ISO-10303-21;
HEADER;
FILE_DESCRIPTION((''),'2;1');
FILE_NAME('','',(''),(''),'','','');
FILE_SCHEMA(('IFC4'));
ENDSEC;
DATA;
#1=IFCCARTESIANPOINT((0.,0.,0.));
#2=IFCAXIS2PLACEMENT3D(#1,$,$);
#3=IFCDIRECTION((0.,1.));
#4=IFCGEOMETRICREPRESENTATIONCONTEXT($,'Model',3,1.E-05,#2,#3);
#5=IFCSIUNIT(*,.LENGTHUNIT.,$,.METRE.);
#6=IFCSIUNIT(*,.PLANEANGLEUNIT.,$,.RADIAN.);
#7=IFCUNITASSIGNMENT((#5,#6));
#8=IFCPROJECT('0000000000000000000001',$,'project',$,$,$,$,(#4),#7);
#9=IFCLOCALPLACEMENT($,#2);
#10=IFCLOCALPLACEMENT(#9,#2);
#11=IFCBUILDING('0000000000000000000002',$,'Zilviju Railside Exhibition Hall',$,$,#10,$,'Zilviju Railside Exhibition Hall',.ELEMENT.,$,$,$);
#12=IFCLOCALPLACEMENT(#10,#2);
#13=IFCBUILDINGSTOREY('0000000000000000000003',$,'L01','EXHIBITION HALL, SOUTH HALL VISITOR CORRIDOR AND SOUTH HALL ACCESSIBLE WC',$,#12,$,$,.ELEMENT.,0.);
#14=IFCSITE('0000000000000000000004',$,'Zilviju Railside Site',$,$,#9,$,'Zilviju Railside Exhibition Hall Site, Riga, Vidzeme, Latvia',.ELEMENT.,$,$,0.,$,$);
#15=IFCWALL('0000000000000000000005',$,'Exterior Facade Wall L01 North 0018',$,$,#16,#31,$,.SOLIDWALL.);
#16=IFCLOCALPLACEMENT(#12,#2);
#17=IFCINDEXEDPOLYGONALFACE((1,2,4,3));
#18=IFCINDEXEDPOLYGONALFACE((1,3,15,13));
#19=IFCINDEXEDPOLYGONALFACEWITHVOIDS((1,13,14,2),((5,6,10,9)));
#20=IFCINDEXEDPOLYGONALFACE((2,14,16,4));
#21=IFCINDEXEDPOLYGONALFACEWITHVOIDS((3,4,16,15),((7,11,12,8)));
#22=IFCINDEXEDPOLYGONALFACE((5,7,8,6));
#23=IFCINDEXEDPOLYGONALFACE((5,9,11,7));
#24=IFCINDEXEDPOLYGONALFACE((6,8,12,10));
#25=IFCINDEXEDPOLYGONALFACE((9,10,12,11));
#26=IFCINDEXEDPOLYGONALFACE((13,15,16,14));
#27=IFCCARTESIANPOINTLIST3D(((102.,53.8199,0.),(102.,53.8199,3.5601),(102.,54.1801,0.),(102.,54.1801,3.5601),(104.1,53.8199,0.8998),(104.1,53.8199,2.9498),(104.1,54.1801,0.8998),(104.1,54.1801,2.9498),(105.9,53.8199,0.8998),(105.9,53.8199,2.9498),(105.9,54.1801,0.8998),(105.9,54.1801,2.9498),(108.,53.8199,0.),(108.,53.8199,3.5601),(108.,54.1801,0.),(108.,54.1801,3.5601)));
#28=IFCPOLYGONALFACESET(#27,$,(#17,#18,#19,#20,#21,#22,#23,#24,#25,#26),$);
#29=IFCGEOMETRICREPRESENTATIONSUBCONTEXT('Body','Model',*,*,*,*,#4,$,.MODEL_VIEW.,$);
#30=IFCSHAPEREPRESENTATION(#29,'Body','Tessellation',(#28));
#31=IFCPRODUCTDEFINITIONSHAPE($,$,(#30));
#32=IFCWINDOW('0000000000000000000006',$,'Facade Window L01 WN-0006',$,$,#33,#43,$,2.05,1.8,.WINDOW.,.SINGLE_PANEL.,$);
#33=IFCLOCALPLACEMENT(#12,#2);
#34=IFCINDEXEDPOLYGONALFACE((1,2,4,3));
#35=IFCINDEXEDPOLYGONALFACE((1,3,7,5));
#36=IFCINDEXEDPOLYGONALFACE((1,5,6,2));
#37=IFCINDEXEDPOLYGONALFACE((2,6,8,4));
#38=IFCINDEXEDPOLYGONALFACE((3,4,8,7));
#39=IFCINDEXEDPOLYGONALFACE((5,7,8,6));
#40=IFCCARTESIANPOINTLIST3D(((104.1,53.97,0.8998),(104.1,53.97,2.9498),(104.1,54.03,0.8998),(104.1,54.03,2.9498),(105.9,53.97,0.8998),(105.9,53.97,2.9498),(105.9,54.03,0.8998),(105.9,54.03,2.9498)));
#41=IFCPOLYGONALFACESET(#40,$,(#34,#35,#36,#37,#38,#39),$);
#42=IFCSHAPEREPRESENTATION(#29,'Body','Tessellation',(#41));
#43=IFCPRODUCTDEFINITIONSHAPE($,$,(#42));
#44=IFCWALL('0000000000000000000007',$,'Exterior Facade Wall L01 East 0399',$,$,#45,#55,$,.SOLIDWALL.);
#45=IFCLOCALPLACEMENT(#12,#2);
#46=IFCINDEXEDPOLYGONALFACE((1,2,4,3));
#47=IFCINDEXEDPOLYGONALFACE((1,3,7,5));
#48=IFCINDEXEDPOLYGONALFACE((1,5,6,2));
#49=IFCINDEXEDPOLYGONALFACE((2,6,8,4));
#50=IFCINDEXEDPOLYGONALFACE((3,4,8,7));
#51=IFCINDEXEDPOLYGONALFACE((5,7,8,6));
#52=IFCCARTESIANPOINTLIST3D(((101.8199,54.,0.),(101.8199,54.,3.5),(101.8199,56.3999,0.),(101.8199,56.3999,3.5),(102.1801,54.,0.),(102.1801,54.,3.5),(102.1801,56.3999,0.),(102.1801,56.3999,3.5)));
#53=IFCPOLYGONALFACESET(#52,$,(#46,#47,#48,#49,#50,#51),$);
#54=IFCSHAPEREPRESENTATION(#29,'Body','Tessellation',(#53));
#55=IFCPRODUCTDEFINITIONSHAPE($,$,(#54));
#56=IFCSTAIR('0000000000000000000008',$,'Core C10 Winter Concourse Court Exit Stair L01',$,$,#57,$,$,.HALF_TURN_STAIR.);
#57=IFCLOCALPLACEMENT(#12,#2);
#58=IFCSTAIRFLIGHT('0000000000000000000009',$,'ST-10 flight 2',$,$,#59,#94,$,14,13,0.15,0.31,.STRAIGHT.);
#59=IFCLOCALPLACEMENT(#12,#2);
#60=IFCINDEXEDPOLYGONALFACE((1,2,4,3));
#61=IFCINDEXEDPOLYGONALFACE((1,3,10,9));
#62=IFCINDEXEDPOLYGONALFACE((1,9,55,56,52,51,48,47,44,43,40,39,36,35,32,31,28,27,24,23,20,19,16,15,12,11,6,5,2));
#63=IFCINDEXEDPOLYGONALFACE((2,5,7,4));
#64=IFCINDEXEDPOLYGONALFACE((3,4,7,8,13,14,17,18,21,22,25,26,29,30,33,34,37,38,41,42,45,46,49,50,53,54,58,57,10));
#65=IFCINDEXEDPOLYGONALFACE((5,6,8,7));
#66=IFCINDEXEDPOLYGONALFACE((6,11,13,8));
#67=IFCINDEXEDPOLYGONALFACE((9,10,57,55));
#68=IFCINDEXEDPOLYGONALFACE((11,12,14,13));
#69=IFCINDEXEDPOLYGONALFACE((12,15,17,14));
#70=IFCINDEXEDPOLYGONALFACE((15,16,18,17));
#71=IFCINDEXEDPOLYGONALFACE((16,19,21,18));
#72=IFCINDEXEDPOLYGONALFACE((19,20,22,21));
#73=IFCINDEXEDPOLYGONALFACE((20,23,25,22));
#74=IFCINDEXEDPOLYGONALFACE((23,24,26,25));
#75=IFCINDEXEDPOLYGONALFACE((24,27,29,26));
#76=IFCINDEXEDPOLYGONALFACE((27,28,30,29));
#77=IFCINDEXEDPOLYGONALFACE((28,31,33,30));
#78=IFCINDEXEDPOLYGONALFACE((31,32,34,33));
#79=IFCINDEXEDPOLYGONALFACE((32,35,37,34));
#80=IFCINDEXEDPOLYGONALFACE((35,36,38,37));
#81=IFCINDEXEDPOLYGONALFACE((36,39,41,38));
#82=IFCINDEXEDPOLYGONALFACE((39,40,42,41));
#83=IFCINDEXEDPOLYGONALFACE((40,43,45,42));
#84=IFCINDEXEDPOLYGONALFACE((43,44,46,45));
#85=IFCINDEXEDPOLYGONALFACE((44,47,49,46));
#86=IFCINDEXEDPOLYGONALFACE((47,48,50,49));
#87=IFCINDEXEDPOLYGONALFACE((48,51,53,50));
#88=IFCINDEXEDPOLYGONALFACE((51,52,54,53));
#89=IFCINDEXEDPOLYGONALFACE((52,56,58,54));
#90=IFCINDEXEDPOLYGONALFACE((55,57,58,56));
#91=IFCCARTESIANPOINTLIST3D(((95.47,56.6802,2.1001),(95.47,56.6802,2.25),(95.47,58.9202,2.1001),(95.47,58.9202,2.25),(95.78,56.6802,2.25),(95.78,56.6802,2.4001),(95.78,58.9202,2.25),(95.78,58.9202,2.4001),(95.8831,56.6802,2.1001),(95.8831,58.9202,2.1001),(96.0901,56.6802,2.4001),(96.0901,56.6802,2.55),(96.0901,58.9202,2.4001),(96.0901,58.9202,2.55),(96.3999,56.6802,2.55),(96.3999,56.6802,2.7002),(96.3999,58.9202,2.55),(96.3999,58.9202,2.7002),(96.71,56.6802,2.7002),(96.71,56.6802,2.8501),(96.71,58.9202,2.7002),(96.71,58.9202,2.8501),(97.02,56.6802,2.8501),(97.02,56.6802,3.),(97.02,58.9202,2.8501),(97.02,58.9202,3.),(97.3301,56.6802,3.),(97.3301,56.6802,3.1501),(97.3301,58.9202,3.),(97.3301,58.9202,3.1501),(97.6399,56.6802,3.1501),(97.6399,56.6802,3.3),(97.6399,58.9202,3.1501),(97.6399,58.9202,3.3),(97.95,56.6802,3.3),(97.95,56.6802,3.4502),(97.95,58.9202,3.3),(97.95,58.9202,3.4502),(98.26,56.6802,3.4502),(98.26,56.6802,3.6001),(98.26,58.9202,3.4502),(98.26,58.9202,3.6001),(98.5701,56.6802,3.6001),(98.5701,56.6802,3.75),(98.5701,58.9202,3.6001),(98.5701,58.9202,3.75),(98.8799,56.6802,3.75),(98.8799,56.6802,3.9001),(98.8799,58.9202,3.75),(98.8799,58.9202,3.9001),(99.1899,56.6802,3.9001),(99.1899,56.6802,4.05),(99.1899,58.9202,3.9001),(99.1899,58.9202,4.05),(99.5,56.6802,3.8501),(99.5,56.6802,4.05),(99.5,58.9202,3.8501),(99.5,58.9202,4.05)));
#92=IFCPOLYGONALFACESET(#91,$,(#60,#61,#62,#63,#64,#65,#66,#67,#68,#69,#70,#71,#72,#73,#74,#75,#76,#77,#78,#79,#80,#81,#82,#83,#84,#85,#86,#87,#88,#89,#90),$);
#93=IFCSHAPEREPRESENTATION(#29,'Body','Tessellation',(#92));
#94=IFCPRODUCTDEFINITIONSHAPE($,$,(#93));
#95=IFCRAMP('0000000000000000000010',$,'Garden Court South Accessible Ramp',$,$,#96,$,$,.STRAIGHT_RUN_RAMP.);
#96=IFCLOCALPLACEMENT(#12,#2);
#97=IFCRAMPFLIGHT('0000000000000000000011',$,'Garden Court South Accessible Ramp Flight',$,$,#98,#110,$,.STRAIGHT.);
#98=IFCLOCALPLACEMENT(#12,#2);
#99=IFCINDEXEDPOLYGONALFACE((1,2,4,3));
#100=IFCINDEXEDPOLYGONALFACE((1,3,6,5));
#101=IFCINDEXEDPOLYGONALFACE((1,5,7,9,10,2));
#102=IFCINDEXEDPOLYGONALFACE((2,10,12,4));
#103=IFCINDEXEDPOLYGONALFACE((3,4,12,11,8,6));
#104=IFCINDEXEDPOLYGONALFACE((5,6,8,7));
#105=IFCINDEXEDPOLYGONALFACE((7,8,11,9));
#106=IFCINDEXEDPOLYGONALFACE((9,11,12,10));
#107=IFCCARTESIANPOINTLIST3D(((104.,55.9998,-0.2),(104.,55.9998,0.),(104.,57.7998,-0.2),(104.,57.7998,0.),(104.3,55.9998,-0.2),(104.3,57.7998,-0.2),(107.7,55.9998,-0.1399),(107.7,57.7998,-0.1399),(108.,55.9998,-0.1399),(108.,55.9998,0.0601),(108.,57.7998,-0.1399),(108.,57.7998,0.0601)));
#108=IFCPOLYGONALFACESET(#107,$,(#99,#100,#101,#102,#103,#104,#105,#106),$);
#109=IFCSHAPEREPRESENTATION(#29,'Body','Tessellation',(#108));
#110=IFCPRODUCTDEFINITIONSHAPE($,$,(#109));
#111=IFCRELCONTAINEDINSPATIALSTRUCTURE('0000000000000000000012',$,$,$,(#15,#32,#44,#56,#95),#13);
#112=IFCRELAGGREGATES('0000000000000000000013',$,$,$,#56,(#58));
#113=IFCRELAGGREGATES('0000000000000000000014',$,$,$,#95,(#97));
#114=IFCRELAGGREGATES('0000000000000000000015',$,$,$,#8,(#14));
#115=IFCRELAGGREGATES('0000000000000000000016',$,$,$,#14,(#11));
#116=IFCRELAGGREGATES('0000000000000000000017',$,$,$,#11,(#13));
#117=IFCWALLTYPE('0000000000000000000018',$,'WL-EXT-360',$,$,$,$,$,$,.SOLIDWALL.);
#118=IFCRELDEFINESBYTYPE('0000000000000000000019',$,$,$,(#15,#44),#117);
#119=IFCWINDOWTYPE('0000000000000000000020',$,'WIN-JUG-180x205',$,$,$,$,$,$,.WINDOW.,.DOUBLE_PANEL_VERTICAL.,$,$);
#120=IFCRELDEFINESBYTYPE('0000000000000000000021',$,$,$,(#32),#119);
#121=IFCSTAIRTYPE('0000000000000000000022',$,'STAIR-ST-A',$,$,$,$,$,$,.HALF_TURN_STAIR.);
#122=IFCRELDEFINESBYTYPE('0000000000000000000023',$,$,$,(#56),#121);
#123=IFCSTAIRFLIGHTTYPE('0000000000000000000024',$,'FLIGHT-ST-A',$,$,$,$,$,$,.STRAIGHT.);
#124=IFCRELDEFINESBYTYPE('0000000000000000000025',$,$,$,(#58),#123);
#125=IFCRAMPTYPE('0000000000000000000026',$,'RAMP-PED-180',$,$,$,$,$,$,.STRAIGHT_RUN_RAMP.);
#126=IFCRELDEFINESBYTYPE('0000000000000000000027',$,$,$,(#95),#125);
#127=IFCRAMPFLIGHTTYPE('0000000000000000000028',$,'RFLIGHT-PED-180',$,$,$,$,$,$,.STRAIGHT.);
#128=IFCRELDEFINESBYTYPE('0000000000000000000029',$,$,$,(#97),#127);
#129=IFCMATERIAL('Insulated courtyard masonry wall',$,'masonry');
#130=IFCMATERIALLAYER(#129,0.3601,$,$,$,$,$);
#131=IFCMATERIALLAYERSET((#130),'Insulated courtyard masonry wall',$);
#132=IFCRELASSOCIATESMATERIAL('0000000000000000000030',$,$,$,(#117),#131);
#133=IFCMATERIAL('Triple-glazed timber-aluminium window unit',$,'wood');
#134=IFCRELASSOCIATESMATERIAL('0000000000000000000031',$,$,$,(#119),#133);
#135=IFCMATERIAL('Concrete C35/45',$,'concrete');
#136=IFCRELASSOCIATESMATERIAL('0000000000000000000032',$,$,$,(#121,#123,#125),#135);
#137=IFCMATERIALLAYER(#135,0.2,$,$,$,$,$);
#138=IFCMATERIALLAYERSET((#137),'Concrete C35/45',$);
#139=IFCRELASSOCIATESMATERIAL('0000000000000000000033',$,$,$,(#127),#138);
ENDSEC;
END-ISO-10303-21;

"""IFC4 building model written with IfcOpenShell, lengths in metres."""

from ifc_helpers import new_model, si_unit, direction, frame, frame_2d, origin, place, context, subcontext, project, spatial, polyline, rectangle, outline, extrude, material, layer, layer_set, type_object, element, fill, aggregate, save


model = new_model("IFC4")

# Units and contexts
model_context = context("Model", 3, precision=1e-05, world=origin(), true_north=direction((0.0, 1.0)))
body_context = subcontext(model_context, "Body", "Model", "MODEL_VIEW")
ifc_project = project(units=[si_unit("LENGTHUNIT", "METRE"), si_unit("PLANEANGLEUNIT", "RADIAN")], contexts=[model_context])

# Site, building, storey
site_placement = place(None, origin())
site = spatial("IfcSite", under=ifc_project, at=site_placement, Name="Zilviju Railside Site", LongName="Zilviju Railside Exhibition Hall Site, Riga, Vidzeme, Latvia", CompositionType="ELEMENT", RefElevation=0.0)
building_placement = place(site_placement, origin())
building = spatial("IfcBuilding", under=site, at=building_placement, Name="Zilviju Railside Exhibition Hall", LongName="Zilviju Railside Exhibition Hall", CompositionType="ELEMENT")
storey_placement = place(building_placement, origin())
storey = spatial("IfcBuildingStorey", under=building, at=storey_placement, Name="L01", Description="EXHIBITION HALL, SOUTH HALL VISITOR CORRIDOR AND SOUTH HALL ACCESSIBLE WC", CompositionType="ELEMENT", Elevation=0.0)

# Shared definitions
ifc_material_1 = material(Name="Concrete C35/45", Category="concrete")

# Wall, opening, window
ifc_material_2 = material(Name="Insulated courtyard masonry wall", Category="masonry")
ifc_layer_1 = layer(ifc_material_2, 0.3601)
ifc_layer_set_1 = layer_set([ifc_layer_1], Name="Insulated courtyard masonry wall")
wall_type_1 = type_object("IfcWallType", Name="WL-EXT-360", PredefinedType="SOLIDWALL", material=ifc_layer_set_1)
wall_1_placement = place(storey_placement, frame((102.0, 54.0, 0.0), z_axis=(0.0, 0.0, 1.0), x_axis=(1.0, 0.0, 0.0)))
wall_1 = element("IfcWall", 1, at=wall_1_placement, inside=storey, type_object=wall_type_1, Name="Exterior Facade Wall L01 North 0018", PredefinedType="SOLIDWALL", context=body_context, shape_type="SweptSolid", body=[
    extrude(rectangle(XDim=6.0, YDim=0.3601, at=frame_2d((3.0, 0.0))), origin(), (0.0, 0.0, 1.0), 3.5601),
])
opening_placement = place(wall_1_placement, frame((2.1001, 0.0, 0.8999)))
opening = element("IfcOpeningElement", 2, at=opening_placement, cuts=wall_1, PredefinedType="OPENING", context=body_context, shape_type="SweptSolid", body=[
    extrude(rectangle(XDim=1.8, YDim=2.05, at=frame_2d((0.8999, 1.0249))), frame((0.0, 0.1899, 0.0), z_axis=(0.0, -1.0, 0.0), x_axis=(1.0, 0.0, 0.0)), (0.0, 0.0, 1.0), 0.3801),
])
ifc_material_3 = material(Name="Triple-glazed timber-aluminium window unit", Category="wood")
window_type = type_object("IfcWindowType", Name="WIN-JUG-180x205", PartitioningType="DOUBLE_PANEL_VERTICAL", PredefinedType="WINDOW", material=ifc_material_3)
window_placement = place(opening_placement, origin())
window = element("IfcWindow", 3, at=window_placement, inside=storey, type_object=window_type, Name="Facade Window L01 WN-0006", OverallHeight=2.05, OverallWidth=1.8, PartitioningType="SINGLE_PANEL", PredefinedType="WINDOW", context=body_context, shape_type="SweptSolid", body=[
    extrude(rectangle(XDim=1.8, YDim=2.05, at=frame_2d((0.8999, 1.0249))), frame((0.0, 0.03, 0.0), z_axis=(0.0, -1.0, 0.0), x_axis=(1.0, 0.0, 0.0)), (0.0, 0.0, 1.0), 0.0601),
])
fill(opening, window)

# Wall
wall_2_placement = place(storey_placement, frame((102.0, 56.3999, 0.0), z_axis=(0.0, 0.0, 1.0), x_axis=(0.0, -1.0, 0.0)))
element("IfcWall", 4, at=wall_2_placement, inside=storey, type_object=wall_type_1, Name="Exterior Facade Wall L01 East 0399", PredefinedType="SOLIDWALL", context=body_context, shape_type="SweptSolid", body=[
    extrude(rectangle(XDim=2.3999, YDim=0.3601, at=frame_2d((1.2, 0.0))), origin(), (0.0, 0.0, 1.0), 3.5),
])

# Stair, stair flight
stair_type = type_object("IfcStairType", Name="STAIR-ST-A", PredefinedType="HALF_TURN_STAIR", material=ifc_material_1)
stair_placement = place(storey_placement, origin())
stair = element("IfcStair", 5, at=stair_placement, inside=storey, type_object=stair_type, Name="Core C10 Winter Concourse Court Exit Stair L01", PredefinedType="HALF_TURN_STAIR")
stair_flight_type = type_object("IfcStairFlightType", Name="FLIGHT-ST-A", PredefinedType="STRAIGHT", material=ifc_material_1)
stair_flight_placement = place(storey_placement, frame((95.47, 57.8, 2.1001), z_axis=(0.0, 0.0, 1.0), x_axis=(1.0, 0.0, 0.0)))
stair_flight = element("IfcStairFlight", 6, at=stair_flight_placement, type_object=stair_flight_type, Name="ST-10 flight 2", NumberOfRisers=14, NumberOfTreads=13, PredefinedType="STRAIGHT", RiserHeight=0.15, TreadLength=0.31, context=body_context, shape_type="SweptSolid", body=[
    extrude(outline(polyline([(0.0, 0.0), (0.0, 0.1499), (0.3101, 0.1499), (0.3101, 0.3), (0.6201, 0.3), (0.6201, 0.45), (0.9299, 0.45), (0.9299, 0.6001), (1.24, 0.6001), (1.24, 0.75), (1.55, 0.75), (1.55, 0.8999), (1.8601, 0.8999), (1.8601, 1.05), (2.1699, 1.05), (2.1699, 1.2), (2.48, 1.2), (2.48, 1.3501), (2.79, 1.3501), (2.79, 1.5), (3.1001, 1.5), (3.1001, 1.6499), (3.4099, 1.6499), (3.4099, 1.8), (3.72, 1.8), (3.72, 1.95), (4.03, 1.95), (4.03, 2.1001), (4.03, 1.75), (0.4131, 0.0), (0.0, 0.0)])), frame((0.0, 1.1201, 0.0), z_axis=(0.0, -1.0, 0.0), x_axis=(1.0, 0.0, 0.0)), (0.0, 0.0, 1.0), 2.24),
])
aggregate(stair, [stair_flight])

# Ramp, ramp flight
ramp_type = type_object("IfcRampType", Name="RAMP-PED-180", PredefinedType="STRAIGHT_RUN_RAMP", material=ifc_material_1)
ramp_placement = place(storey_placement, origin())
ramp = element("IfcRamp", 7, at=ramp_placement, inside=storey, type_object=ramp_type, Name="Garden Court South Accessible Ramp", PredefinedType="STRAIGHT_RUN_RAMP")
ifc_layer_2 = layer(ifc_material_1, 0.2)
ifc_layer_set_2 = layer_set([ifc_layer_2], Name="Concrete C35/45")
ramp_flight_type = type_object("IfcRampFlightType", Name="RFLIGHT-PED-180", PredefinedType="STRAIGHT", material=ifc_layer_set_2)
ramp_flight_placement = place(storey_placement, frame((104.0, 56.8999, 0.0), z_axis=(0.0, 0.0, 1.0), x_axis=(1.0, 0.0, 0.0)))
ramp_flight = element("IfcRampFlight", 8, at=ramp_flight_placement, type_object=ramp_flight_type, Name="Garden Court South Accessible Ramp Flight", PredefinedType="STRAIGHT", context=body_context, shape_type="SweptSolid", body=[
    extrude(outline(polyline([(0.0, -0.2), (0.0, 0.0), (4.0, 0.0601), (4.0, -0.1399), (3.7, -0.1399), (0.3, -0.2), (0.0, -0.2)])), frame((0.0, 0.8999, 0.0), z_axis=(0.0, -1.0, 0.0), x_axis=(1.0, 0.0, 0.0)), (0.0, 0.0, 1.0), 1.8),
])
aggregate(ramp, [ramp_flight])

save(model, "model.ifc")
